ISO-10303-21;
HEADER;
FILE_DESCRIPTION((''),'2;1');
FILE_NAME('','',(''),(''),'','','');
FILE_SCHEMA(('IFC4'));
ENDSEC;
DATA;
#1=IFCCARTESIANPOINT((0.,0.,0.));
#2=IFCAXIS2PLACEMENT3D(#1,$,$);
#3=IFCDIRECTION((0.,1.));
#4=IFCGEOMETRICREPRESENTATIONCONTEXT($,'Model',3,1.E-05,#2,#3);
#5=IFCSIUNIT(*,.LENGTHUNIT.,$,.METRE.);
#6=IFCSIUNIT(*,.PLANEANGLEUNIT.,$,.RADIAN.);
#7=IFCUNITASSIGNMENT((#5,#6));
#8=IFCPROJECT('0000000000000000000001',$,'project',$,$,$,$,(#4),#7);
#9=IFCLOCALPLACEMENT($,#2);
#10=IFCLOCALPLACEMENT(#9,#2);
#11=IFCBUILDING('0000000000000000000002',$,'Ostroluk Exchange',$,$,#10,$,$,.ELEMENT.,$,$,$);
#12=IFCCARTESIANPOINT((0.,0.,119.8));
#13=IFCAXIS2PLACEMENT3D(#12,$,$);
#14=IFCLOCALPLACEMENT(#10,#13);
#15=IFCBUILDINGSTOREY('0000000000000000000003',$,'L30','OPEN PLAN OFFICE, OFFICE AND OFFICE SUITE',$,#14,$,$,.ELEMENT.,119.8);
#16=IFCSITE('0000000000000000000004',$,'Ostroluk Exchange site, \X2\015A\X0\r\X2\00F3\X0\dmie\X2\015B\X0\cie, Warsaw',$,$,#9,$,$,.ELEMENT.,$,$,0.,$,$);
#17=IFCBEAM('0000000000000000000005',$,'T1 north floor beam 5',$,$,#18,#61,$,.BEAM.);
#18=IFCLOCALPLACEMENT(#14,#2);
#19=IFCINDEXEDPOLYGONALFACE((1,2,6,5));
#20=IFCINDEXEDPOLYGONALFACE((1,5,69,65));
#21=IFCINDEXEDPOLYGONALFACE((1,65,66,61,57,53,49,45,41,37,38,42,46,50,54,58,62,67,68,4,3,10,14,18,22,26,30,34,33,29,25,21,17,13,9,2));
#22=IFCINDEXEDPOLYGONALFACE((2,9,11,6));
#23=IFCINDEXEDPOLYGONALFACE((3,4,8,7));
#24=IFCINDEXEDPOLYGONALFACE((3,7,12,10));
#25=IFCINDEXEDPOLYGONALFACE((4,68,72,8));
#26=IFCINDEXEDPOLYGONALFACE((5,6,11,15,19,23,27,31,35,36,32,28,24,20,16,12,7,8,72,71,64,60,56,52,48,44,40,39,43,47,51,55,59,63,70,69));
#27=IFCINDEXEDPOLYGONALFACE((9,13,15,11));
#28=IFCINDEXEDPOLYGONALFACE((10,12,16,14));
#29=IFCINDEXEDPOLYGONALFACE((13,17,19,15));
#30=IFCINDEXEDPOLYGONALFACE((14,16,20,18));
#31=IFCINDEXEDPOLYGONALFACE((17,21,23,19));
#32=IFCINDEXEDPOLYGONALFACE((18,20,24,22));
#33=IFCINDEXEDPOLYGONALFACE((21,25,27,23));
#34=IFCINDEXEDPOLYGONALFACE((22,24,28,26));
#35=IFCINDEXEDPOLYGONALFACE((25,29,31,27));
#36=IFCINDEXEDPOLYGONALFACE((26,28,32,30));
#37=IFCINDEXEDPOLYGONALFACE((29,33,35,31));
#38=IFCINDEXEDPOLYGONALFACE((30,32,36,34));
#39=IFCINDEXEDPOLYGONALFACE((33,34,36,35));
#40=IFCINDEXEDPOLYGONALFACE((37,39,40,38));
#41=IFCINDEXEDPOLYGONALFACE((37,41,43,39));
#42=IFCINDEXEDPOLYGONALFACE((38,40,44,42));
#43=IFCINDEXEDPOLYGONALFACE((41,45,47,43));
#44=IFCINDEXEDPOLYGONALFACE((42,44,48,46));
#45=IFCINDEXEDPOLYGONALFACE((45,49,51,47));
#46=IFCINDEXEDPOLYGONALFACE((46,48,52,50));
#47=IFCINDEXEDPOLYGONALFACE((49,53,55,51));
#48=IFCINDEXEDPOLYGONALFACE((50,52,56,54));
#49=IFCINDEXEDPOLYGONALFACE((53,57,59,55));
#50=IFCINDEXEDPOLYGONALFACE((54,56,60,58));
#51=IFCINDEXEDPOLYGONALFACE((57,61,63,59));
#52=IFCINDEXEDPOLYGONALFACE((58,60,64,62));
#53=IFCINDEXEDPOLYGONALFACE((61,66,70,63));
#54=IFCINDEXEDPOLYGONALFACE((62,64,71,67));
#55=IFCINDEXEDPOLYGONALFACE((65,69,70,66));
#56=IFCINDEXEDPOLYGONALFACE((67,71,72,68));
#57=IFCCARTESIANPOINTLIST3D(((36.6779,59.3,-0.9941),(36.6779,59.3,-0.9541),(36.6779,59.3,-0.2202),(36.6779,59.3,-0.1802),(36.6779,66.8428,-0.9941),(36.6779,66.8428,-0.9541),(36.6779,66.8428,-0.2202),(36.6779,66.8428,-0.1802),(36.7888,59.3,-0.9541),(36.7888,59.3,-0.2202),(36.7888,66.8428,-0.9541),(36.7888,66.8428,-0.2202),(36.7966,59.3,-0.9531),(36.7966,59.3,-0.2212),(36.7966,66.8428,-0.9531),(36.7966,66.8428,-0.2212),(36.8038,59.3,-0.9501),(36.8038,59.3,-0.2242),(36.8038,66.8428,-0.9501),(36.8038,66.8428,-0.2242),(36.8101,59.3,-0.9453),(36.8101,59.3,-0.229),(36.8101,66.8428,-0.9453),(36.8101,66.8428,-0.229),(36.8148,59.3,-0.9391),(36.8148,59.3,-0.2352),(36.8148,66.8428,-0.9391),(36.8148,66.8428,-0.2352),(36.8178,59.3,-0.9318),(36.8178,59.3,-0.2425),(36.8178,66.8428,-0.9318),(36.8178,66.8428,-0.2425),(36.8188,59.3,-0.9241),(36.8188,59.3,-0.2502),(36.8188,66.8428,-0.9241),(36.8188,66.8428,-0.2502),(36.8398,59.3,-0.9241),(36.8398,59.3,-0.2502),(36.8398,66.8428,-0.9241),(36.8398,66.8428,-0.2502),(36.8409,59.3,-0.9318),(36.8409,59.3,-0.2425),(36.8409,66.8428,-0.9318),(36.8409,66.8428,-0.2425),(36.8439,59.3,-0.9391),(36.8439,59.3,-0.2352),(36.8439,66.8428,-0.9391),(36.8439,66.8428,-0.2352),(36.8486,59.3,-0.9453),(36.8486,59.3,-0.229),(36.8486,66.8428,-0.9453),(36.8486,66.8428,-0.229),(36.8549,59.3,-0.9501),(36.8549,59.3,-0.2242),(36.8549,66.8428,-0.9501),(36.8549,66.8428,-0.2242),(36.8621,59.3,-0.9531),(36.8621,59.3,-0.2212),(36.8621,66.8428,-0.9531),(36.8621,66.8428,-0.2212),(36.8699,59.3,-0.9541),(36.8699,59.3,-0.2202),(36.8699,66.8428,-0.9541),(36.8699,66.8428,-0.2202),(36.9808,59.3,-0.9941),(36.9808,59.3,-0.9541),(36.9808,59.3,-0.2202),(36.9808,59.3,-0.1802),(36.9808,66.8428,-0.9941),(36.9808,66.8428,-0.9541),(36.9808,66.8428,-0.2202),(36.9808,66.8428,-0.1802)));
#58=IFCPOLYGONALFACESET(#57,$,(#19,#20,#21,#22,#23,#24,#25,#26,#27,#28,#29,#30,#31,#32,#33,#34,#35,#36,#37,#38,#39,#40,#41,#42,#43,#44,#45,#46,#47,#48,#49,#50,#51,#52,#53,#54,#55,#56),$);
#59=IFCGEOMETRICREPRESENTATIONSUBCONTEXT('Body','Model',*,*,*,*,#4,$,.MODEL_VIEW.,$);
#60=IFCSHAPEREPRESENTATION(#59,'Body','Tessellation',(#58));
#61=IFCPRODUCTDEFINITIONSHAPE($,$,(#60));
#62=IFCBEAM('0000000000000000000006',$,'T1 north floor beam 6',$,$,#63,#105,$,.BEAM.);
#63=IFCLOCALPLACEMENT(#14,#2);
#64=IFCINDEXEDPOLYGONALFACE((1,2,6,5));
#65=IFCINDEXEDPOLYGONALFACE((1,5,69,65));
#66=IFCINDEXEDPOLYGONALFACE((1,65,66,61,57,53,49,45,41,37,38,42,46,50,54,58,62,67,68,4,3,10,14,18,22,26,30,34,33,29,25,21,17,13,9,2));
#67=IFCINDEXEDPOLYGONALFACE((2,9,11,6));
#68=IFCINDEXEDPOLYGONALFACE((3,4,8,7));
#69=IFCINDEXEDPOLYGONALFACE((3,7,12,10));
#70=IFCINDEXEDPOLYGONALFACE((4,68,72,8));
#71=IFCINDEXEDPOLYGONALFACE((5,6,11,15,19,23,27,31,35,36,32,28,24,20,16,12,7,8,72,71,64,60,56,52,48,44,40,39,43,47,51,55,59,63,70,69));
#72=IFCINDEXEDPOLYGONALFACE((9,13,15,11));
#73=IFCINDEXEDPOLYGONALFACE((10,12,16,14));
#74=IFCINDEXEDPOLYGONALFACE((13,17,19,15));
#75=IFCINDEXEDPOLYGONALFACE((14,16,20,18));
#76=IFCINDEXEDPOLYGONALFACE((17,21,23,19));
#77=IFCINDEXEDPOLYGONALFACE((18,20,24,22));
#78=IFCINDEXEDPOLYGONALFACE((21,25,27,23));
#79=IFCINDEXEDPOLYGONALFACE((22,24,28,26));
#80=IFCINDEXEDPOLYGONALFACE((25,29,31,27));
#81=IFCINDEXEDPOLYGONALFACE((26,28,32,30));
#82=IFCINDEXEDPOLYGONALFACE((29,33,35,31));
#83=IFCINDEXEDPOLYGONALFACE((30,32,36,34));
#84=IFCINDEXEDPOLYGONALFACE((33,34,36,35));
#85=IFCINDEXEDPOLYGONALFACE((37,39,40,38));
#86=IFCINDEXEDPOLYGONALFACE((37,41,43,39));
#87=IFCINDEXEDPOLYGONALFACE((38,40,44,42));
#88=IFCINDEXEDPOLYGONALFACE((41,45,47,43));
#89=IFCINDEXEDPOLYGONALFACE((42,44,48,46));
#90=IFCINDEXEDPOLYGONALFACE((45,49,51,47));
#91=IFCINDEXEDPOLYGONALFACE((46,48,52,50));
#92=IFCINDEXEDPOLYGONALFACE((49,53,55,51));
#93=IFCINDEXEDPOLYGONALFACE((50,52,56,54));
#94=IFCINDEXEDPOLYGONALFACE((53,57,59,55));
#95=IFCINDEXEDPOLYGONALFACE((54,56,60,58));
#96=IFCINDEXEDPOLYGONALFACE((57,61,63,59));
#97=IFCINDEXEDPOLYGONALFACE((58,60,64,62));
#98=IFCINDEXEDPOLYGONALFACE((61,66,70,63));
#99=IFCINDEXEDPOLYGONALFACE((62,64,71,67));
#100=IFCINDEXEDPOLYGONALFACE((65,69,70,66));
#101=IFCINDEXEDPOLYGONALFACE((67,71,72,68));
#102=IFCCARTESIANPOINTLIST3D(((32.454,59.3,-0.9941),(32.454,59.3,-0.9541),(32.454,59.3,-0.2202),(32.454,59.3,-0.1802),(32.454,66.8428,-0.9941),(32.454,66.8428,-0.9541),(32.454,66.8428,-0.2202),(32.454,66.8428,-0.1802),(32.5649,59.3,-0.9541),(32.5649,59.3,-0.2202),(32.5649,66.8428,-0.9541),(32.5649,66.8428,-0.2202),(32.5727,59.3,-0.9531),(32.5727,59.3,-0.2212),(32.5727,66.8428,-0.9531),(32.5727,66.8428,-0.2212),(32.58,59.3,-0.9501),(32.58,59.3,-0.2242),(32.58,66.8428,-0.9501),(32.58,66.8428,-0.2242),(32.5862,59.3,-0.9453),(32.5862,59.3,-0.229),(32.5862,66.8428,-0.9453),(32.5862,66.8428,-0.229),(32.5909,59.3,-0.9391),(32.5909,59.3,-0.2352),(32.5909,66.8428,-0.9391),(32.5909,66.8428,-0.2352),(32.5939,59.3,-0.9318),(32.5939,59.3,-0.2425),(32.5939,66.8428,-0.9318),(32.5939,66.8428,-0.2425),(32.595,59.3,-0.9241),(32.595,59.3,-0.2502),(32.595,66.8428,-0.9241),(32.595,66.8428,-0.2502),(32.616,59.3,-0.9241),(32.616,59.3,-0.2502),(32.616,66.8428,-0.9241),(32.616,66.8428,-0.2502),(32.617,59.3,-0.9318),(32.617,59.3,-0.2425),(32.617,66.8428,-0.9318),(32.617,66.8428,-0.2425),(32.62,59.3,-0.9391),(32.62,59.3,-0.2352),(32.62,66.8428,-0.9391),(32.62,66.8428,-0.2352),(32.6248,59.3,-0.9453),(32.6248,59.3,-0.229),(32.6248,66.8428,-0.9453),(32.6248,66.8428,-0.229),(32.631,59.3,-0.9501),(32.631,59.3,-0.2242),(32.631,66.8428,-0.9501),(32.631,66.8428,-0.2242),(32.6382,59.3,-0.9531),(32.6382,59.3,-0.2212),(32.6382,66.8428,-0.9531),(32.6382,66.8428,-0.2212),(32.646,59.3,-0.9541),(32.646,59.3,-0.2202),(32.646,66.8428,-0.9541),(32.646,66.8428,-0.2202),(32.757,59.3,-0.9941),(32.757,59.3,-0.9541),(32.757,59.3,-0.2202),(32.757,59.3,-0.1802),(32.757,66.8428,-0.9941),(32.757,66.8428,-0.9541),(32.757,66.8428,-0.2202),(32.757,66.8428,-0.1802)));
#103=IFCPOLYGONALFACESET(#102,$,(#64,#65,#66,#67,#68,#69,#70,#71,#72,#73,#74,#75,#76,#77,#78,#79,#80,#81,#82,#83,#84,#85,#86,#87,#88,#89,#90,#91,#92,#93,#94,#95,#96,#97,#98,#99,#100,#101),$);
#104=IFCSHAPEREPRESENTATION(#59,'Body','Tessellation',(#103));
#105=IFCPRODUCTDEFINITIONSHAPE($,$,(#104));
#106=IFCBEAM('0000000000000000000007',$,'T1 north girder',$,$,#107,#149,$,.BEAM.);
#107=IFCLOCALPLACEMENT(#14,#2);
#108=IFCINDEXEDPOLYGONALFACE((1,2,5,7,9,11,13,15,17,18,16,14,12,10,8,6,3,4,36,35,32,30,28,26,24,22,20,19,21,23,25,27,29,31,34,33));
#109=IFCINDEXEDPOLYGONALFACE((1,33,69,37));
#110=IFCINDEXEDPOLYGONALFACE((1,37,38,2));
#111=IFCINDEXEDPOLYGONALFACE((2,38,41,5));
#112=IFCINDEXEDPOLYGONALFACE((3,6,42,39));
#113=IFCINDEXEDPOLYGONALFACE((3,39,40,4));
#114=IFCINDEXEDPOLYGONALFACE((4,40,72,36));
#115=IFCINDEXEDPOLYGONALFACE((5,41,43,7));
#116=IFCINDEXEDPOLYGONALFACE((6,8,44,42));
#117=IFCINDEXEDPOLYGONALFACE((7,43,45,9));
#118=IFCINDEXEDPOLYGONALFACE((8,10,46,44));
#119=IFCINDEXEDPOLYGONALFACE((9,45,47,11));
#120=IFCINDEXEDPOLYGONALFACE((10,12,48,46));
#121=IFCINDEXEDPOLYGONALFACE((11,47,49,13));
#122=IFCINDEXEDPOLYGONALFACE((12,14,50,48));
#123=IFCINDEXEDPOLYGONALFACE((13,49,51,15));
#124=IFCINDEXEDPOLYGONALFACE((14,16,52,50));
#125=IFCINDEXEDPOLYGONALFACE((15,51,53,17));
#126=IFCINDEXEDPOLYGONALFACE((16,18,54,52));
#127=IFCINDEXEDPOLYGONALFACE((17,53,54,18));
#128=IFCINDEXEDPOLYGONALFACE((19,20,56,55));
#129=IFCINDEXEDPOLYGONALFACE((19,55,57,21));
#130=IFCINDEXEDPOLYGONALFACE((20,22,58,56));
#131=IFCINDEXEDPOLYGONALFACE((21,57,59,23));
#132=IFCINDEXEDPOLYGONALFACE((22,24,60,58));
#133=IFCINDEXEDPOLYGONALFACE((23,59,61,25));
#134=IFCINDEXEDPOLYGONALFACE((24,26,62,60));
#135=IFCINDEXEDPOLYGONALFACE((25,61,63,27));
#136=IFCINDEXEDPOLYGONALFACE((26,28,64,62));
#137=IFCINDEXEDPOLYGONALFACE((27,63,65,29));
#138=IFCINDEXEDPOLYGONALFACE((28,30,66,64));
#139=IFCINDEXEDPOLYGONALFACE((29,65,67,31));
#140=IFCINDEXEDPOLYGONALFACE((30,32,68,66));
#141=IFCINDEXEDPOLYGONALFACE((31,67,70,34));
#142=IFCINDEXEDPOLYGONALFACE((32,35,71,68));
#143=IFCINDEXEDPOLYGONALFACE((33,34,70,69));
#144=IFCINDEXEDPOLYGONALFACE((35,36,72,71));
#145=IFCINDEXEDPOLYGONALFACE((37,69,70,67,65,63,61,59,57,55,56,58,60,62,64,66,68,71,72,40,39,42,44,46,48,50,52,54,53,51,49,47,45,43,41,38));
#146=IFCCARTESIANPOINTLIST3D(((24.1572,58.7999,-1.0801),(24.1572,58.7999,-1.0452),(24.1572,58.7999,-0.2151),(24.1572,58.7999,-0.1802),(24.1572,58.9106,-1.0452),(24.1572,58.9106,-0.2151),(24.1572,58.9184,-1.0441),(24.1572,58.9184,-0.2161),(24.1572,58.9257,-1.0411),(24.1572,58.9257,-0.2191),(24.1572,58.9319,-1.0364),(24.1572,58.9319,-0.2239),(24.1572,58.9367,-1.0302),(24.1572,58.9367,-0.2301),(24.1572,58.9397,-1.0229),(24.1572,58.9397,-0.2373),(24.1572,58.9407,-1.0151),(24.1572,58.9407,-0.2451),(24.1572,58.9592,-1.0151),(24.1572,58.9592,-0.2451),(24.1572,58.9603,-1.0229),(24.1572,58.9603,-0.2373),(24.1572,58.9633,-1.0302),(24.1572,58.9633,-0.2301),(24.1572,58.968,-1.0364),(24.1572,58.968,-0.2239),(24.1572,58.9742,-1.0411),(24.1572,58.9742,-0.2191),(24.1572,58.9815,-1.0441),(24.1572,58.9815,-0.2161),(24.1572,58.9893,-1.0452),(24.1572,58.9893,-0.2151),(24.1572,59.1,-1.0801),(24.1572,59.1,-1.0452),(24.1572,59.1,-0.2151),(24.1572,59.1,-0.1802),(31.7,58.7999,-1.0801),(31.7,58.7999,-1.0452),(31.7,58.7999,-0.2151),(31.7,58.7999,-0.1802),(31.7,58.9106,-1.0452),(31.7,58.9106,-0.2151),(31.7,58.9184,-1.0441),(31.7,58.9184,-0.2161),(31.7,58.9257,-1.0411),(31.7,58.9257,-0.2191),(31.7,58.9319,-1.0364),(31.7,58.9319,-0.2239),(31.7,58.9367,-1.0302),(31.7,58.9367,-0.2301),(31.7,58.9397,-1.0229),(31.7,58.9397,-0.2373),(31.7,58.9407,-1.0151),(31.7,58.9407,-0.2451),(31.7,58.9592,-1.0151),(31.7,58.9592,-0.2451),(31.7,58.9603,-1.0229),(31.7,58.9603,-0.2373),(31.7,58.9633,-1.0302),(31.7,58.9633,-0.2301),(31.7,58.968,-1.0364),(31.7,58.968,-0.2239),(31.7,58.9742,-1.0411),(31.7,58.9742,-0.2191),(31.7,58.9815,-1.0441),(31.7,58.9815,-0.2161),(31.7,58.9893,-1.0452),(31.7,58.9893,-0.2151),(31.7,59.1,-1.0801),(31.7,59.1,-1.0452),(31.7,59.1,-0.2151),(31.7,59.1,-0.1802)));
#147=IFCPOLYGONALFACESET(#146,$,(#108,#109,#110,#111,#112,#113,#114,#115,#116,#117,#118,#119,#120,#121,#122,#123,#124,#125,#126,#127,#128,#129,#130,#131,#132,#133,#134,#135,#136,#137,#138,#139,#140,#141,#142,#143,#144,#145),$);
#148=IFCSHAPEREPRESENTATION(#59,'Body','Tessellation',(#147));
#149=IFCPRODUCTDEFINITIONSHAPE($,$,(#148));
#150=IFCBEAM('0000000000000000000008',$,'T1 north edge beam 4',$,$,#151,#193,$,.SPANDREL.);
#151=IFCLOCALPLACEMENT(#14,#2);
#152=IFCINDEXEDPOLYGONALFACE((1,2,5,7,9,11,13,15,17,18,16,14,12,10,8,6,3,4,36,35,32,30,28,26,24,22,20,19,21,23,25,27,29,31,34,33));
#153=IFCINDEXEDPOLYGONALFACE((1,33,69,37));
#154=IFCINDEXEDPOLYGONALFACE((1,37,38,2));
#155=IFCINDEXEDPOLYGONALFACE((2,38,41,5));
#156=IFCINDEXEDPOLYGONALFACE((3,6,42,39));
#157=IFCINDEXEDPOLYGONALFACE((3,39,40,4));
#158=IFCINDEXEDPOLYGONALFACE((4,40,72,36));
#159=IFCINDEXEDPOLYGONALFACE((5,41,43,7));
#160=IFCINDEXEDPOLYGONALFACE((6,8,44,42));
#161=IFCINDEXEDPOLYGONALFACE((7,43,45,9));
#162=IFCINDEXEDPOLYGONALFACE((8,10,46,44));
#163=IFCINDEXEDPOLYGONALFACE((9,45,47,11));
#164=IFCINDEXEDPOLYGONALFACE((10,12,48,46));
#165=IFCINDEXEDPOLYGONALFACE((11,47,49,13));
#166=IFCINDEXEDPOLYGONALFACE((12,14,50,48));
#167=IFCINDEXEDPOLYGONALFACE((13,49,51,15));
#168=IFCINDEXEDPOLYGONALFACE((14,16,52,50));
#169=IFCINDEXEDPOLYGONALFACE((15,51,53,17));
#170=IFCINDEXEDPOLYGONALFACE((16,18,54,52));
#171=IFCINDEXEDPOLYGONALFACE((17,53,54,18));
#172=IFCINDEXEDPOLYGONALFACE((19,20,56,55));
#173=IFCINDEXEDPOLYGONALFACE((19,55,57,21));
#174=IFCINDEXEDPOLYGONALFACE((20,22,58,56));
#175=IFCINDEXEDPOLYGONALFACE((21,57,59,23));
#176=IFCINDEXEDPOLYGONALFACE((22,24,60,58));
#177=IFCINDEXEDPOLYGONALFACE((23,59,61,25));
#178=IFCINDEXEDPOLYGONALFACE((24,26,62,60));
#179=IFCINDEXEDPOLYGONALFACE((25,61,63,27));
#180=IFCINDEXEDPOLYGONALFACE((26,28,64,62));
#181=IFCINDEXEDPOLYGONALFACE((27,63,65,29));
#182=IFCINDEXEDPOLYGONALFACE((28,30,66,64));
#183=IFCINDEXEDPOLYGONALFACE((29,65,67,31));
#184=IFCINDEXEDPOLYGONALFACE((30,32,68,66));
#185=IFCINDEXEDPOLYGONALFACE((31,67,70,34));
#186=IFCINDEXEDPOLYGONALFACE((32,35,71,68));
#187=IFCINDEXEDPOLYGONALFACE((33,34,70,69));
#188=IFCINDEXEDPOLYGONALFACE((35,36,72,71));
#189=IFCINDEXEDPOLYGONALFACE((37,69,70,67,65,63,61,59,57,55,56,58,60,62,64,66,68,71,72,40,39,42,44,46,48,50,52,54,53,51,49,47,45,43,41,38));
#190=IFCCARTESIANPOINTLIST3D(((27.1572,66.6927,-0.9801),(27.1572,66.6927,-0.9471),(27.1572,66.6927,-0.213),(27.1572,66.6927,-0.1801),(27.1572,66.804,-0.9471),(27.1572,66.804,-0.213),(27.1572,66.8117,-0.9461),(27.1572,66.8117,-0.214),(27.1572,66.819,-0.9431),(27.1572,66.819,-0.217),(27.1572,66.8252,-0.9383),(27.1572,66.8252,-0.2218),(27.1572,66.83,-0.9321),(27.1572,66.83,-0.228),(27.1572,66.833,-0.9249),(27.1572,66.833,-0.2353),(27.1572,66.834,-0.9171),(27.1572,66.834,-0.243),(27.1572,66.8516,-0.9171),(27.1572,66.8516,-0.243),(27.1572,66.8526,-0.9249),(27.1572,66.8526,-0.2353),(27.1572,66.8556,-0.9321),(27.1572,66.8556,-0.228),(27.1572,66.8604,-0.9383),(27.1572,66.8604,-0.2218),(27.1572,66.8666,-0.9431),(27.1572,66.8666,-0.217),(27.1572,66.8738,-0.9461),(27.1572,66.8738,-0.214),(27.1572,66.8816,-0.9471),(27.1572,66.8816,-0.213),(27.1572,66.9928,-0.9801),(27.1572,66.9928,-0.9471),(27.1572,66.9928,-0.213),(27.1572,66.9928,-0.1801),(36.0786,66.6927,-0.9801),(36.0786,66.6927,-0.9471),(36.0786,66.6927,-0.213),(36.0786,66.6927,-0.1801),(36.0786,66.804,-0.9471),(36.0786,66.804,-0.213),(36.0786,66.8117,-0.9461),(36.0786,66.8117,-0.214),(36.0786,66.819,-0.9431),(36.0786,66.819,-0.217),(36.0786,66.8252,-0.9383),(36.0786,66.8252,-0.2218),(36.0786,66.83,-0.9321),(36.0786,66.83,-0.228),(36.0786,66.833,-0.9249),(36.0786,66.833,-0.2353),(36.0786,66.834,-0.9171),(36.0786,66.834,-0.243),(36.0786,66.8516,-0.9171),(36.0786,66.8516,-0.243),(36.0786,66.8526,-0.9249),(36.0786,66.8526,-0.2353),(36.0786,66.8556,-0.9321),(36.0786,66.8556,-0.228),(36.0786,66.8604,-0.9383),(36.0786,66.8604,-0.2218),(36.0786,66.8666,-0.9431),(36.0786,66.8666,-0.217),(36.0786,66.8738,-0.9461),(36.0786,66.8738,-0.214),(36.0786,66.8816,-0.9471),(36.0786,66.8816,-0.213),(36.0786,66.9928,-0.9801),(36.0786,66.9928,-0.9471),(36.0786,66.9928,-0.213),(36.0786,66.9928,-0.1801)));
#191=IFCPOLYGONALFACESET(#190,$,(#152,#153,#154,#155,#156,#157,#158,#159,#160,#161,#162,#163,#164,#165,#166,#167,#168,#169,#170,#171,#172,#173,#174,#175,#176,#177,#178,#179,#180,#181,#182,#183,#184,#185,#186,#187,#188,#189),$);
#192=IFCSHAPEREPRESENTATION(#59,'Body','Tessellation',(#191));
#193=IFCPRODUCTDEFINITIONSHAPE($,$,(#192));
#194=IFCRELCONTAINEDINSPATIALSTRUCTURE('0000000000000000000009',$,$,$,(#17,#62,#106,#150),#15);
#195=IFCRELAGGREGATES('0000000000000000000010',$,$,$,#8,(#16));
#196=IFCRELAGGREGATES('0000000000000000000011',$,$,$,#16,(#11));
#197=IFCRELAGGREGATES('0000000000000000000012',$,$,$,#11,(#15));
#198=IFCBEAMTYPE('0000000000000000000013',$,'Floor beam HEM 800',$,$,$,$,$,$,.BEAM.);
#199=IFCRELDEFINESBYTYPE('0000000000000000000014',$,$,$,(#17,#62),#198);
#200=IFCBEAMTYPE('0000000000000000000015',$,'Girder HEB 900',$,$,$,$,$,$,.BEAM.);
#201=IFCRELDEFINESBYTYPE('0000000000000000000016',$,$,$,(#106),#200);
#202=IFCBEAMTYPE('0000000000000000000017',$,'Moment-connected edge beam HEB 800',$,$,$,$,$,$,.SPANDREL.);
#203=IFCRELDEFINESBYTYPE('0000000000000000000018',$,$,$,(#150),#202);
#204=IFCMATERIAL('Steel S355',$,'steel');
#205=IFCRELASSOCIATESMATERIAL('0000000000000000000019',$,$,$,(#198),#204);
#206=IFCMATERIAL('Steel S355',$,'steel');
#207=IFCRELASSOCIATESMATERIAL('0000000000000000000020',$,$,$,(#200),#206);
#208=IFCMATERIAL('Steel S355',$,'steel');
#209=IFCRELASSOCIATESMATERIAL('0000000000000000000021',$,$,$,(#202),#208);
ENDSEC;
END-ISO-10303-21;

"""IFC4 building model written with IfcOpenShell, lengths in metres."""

from ifc_helpers import new_model, si_unit, direction, frame, origin, origin_2d, place, context, subcontext, project, spatial, i_section, extrude, material, material_profile, profile_set, type_object, element, save


model = new_model("IFC4")

# Units and contexts
model_context = context("Model", 3, precision=1e-05, world=origin(), true_north=direction((0.0, 1.0)))
body_context = subcontext(model_context, "Body", "Model", "MODEL_VIEW")
ifc_project = project(units=[si_unit("LENGTHUNIT", "METRE"), si_unit("PLANEANGLEUNIT", "RADIAN")], contexts=[model_context])

# Site, building, storey
site_placement = place(None, origin())
site = spatial("IfcSite", under=ifc_project, at=site_placement, Name="Ostroluk Exchange site, Śródmieście, Warsaw", CompositionType="ELEMENT", RefElevation=0.0)
building_placement = place(site_placement, origin())
building = spatial("IfcBuilding", under=site, at=building_placement, Name="Ostroluk Exchange", CompositionType="ELEMENT")
storey_placement = place(building_placement, frame((0.0, 0.0, 119.8)))
storey = spatial("IfcBuildingStorey", under=building, at=storey_placement, Name="L30", Description="OPEN PLAN OFFICE, OFFICE AND OFFICE SUITE", CompositionType="ELEMENT", Elevation=119.8)

# Beams
ifc_material_1 = material(Name="Steel S355", Category="steel")
ifc_material_profile_1 = material_profile(ifc_material_1, i_section(OverallWidth=0.303, OverallDepth=0.814, WebThickness=0.021, FlangeThickness=0.04, FilletRadius=0.03, at=origin_2d()), Name="HEM 800")
ifc_profile_set_1 = profile_set([ifc_material_profile_1], Name="Steel S355")
beam_type_1 = type_object("IfcBeamType", Name="Floor beam HEM 800", PredefinedType="BEAM", material=ifc_profile_set_1)
for number, where, z_axis, x_axis, name in (
    (1, (36.8293, 59.3, -0.5872), (0.0, 1.0, 0.0), (-1.0, 0.0, 0.0), "T1 north floor beam 5"),
    (2, (32.6055, 59.3, -0.5872), (0.0, 1.0, 0.0), (-1.0, 0.0, 0.0), "T1 north floor beam 6"),
):
    element("IfcBeam", number, at=place(storey_placement, frame(where, z_axis=z_axis, x_axis=x_axis)), inside=storey, type_object=beam_type_1, Name=name, PredefinedType="BEAM", context=body_context, shape_type="SweptSolid", body=[
        extrude(i_section(OverallWidth=0.303, OverallDepth=0.814, WebThickness=0.021, FlangeThickness=0.04, FilletRadius=0.03, at=origin_2d()), origin(), (0.0, 0.0, 1.0), 7.5427),
    ])
ifc_material_2 = material(Name="Steel S355", Category="steel")
ifc_material_profile_2 = material_profile(ifc_material_2, i_section(OverallWidth=0.3, OverallDepth=0.8999, WebThickness=0.0186, FlangeThickness=0.0349, FilletRadius=0.03, at=origin_2d()), Name="HEB 900")
ifc_profile_set_2 = profile_set([ifc_material_profile_2], Name="Steel S355")
beam_type_2 = type_object("IfcBeamType", Name="Girder HEB 900", PredefinedType="BEAM", material=ifc_profile_set_2)
beam_1_placement = place(storey_placement, frame((31.7, 58.95, -0.6301), z_axis=(-1.0, 0.0, 0.0), x_axis=(0.0, -1.0, 0.0)))
element("IfcBeam", 3, at=beam_1_placement, inside=storey, type_object=beam_type_2, Name="T1 north girder", PredefinedType="BEAM", context=body_context, shape_type="SweptSolid", body=[
    extrude(i_section(OverallWidth=0.3, OverallDepth=0.8999, WebThickness=0.0186, FlangeThickness=0.0349, FilletRadius=0.03, at=origin_2d()), origin(), (0.0, 0.0, 1.0), 7.5427),
])
ifc_material_3 = material(Name="Steel S355", Category="steel")
ifc_material_profile_3 = material_profile(ifc_material_3, i_section(OverallWidth=0.3, OverallDepth=0.8, WebThickness=0.0176, FlangeThickness=0.033, FilletRadius=0.03, at=origin_2d()), Name="HEB 800")
ifc_profile_set_3 = profile_set([ifc_material_profile_3], Name="Steel S355")
beam_type_3 = type_object("IfcBeamType", Name="Moment-connected edge beam HEB 800", PredefinedType="SPANDREL", material=ifc_profile_set_3)
beam_2_placement = place(storey_placement, frame((36.0786, 66.8428, -0.5801), z_axis=(-1.0, 0.0, 0.0), x_axis=(0.0, -1.0, 0.0)))
element("IfcBeam", 4, at=beam_2_placement, inside=storey, type_object=beam_type_3, Name="T1 north edge beam 4", PredefinedType="SPANDREL", context=body_context, shape_type="SweptSolid", body=[
    extrude(i_section(OverallWidth=0.3, OverallDepth=0.8, WebThickness=0.0176, FlangeThickness=0.033, FilletRadius=0.03, at=origin_2d()), origin(), (0.0, 0.0, 1.0), 8.9214),
])

save(model, "model.ifc")
